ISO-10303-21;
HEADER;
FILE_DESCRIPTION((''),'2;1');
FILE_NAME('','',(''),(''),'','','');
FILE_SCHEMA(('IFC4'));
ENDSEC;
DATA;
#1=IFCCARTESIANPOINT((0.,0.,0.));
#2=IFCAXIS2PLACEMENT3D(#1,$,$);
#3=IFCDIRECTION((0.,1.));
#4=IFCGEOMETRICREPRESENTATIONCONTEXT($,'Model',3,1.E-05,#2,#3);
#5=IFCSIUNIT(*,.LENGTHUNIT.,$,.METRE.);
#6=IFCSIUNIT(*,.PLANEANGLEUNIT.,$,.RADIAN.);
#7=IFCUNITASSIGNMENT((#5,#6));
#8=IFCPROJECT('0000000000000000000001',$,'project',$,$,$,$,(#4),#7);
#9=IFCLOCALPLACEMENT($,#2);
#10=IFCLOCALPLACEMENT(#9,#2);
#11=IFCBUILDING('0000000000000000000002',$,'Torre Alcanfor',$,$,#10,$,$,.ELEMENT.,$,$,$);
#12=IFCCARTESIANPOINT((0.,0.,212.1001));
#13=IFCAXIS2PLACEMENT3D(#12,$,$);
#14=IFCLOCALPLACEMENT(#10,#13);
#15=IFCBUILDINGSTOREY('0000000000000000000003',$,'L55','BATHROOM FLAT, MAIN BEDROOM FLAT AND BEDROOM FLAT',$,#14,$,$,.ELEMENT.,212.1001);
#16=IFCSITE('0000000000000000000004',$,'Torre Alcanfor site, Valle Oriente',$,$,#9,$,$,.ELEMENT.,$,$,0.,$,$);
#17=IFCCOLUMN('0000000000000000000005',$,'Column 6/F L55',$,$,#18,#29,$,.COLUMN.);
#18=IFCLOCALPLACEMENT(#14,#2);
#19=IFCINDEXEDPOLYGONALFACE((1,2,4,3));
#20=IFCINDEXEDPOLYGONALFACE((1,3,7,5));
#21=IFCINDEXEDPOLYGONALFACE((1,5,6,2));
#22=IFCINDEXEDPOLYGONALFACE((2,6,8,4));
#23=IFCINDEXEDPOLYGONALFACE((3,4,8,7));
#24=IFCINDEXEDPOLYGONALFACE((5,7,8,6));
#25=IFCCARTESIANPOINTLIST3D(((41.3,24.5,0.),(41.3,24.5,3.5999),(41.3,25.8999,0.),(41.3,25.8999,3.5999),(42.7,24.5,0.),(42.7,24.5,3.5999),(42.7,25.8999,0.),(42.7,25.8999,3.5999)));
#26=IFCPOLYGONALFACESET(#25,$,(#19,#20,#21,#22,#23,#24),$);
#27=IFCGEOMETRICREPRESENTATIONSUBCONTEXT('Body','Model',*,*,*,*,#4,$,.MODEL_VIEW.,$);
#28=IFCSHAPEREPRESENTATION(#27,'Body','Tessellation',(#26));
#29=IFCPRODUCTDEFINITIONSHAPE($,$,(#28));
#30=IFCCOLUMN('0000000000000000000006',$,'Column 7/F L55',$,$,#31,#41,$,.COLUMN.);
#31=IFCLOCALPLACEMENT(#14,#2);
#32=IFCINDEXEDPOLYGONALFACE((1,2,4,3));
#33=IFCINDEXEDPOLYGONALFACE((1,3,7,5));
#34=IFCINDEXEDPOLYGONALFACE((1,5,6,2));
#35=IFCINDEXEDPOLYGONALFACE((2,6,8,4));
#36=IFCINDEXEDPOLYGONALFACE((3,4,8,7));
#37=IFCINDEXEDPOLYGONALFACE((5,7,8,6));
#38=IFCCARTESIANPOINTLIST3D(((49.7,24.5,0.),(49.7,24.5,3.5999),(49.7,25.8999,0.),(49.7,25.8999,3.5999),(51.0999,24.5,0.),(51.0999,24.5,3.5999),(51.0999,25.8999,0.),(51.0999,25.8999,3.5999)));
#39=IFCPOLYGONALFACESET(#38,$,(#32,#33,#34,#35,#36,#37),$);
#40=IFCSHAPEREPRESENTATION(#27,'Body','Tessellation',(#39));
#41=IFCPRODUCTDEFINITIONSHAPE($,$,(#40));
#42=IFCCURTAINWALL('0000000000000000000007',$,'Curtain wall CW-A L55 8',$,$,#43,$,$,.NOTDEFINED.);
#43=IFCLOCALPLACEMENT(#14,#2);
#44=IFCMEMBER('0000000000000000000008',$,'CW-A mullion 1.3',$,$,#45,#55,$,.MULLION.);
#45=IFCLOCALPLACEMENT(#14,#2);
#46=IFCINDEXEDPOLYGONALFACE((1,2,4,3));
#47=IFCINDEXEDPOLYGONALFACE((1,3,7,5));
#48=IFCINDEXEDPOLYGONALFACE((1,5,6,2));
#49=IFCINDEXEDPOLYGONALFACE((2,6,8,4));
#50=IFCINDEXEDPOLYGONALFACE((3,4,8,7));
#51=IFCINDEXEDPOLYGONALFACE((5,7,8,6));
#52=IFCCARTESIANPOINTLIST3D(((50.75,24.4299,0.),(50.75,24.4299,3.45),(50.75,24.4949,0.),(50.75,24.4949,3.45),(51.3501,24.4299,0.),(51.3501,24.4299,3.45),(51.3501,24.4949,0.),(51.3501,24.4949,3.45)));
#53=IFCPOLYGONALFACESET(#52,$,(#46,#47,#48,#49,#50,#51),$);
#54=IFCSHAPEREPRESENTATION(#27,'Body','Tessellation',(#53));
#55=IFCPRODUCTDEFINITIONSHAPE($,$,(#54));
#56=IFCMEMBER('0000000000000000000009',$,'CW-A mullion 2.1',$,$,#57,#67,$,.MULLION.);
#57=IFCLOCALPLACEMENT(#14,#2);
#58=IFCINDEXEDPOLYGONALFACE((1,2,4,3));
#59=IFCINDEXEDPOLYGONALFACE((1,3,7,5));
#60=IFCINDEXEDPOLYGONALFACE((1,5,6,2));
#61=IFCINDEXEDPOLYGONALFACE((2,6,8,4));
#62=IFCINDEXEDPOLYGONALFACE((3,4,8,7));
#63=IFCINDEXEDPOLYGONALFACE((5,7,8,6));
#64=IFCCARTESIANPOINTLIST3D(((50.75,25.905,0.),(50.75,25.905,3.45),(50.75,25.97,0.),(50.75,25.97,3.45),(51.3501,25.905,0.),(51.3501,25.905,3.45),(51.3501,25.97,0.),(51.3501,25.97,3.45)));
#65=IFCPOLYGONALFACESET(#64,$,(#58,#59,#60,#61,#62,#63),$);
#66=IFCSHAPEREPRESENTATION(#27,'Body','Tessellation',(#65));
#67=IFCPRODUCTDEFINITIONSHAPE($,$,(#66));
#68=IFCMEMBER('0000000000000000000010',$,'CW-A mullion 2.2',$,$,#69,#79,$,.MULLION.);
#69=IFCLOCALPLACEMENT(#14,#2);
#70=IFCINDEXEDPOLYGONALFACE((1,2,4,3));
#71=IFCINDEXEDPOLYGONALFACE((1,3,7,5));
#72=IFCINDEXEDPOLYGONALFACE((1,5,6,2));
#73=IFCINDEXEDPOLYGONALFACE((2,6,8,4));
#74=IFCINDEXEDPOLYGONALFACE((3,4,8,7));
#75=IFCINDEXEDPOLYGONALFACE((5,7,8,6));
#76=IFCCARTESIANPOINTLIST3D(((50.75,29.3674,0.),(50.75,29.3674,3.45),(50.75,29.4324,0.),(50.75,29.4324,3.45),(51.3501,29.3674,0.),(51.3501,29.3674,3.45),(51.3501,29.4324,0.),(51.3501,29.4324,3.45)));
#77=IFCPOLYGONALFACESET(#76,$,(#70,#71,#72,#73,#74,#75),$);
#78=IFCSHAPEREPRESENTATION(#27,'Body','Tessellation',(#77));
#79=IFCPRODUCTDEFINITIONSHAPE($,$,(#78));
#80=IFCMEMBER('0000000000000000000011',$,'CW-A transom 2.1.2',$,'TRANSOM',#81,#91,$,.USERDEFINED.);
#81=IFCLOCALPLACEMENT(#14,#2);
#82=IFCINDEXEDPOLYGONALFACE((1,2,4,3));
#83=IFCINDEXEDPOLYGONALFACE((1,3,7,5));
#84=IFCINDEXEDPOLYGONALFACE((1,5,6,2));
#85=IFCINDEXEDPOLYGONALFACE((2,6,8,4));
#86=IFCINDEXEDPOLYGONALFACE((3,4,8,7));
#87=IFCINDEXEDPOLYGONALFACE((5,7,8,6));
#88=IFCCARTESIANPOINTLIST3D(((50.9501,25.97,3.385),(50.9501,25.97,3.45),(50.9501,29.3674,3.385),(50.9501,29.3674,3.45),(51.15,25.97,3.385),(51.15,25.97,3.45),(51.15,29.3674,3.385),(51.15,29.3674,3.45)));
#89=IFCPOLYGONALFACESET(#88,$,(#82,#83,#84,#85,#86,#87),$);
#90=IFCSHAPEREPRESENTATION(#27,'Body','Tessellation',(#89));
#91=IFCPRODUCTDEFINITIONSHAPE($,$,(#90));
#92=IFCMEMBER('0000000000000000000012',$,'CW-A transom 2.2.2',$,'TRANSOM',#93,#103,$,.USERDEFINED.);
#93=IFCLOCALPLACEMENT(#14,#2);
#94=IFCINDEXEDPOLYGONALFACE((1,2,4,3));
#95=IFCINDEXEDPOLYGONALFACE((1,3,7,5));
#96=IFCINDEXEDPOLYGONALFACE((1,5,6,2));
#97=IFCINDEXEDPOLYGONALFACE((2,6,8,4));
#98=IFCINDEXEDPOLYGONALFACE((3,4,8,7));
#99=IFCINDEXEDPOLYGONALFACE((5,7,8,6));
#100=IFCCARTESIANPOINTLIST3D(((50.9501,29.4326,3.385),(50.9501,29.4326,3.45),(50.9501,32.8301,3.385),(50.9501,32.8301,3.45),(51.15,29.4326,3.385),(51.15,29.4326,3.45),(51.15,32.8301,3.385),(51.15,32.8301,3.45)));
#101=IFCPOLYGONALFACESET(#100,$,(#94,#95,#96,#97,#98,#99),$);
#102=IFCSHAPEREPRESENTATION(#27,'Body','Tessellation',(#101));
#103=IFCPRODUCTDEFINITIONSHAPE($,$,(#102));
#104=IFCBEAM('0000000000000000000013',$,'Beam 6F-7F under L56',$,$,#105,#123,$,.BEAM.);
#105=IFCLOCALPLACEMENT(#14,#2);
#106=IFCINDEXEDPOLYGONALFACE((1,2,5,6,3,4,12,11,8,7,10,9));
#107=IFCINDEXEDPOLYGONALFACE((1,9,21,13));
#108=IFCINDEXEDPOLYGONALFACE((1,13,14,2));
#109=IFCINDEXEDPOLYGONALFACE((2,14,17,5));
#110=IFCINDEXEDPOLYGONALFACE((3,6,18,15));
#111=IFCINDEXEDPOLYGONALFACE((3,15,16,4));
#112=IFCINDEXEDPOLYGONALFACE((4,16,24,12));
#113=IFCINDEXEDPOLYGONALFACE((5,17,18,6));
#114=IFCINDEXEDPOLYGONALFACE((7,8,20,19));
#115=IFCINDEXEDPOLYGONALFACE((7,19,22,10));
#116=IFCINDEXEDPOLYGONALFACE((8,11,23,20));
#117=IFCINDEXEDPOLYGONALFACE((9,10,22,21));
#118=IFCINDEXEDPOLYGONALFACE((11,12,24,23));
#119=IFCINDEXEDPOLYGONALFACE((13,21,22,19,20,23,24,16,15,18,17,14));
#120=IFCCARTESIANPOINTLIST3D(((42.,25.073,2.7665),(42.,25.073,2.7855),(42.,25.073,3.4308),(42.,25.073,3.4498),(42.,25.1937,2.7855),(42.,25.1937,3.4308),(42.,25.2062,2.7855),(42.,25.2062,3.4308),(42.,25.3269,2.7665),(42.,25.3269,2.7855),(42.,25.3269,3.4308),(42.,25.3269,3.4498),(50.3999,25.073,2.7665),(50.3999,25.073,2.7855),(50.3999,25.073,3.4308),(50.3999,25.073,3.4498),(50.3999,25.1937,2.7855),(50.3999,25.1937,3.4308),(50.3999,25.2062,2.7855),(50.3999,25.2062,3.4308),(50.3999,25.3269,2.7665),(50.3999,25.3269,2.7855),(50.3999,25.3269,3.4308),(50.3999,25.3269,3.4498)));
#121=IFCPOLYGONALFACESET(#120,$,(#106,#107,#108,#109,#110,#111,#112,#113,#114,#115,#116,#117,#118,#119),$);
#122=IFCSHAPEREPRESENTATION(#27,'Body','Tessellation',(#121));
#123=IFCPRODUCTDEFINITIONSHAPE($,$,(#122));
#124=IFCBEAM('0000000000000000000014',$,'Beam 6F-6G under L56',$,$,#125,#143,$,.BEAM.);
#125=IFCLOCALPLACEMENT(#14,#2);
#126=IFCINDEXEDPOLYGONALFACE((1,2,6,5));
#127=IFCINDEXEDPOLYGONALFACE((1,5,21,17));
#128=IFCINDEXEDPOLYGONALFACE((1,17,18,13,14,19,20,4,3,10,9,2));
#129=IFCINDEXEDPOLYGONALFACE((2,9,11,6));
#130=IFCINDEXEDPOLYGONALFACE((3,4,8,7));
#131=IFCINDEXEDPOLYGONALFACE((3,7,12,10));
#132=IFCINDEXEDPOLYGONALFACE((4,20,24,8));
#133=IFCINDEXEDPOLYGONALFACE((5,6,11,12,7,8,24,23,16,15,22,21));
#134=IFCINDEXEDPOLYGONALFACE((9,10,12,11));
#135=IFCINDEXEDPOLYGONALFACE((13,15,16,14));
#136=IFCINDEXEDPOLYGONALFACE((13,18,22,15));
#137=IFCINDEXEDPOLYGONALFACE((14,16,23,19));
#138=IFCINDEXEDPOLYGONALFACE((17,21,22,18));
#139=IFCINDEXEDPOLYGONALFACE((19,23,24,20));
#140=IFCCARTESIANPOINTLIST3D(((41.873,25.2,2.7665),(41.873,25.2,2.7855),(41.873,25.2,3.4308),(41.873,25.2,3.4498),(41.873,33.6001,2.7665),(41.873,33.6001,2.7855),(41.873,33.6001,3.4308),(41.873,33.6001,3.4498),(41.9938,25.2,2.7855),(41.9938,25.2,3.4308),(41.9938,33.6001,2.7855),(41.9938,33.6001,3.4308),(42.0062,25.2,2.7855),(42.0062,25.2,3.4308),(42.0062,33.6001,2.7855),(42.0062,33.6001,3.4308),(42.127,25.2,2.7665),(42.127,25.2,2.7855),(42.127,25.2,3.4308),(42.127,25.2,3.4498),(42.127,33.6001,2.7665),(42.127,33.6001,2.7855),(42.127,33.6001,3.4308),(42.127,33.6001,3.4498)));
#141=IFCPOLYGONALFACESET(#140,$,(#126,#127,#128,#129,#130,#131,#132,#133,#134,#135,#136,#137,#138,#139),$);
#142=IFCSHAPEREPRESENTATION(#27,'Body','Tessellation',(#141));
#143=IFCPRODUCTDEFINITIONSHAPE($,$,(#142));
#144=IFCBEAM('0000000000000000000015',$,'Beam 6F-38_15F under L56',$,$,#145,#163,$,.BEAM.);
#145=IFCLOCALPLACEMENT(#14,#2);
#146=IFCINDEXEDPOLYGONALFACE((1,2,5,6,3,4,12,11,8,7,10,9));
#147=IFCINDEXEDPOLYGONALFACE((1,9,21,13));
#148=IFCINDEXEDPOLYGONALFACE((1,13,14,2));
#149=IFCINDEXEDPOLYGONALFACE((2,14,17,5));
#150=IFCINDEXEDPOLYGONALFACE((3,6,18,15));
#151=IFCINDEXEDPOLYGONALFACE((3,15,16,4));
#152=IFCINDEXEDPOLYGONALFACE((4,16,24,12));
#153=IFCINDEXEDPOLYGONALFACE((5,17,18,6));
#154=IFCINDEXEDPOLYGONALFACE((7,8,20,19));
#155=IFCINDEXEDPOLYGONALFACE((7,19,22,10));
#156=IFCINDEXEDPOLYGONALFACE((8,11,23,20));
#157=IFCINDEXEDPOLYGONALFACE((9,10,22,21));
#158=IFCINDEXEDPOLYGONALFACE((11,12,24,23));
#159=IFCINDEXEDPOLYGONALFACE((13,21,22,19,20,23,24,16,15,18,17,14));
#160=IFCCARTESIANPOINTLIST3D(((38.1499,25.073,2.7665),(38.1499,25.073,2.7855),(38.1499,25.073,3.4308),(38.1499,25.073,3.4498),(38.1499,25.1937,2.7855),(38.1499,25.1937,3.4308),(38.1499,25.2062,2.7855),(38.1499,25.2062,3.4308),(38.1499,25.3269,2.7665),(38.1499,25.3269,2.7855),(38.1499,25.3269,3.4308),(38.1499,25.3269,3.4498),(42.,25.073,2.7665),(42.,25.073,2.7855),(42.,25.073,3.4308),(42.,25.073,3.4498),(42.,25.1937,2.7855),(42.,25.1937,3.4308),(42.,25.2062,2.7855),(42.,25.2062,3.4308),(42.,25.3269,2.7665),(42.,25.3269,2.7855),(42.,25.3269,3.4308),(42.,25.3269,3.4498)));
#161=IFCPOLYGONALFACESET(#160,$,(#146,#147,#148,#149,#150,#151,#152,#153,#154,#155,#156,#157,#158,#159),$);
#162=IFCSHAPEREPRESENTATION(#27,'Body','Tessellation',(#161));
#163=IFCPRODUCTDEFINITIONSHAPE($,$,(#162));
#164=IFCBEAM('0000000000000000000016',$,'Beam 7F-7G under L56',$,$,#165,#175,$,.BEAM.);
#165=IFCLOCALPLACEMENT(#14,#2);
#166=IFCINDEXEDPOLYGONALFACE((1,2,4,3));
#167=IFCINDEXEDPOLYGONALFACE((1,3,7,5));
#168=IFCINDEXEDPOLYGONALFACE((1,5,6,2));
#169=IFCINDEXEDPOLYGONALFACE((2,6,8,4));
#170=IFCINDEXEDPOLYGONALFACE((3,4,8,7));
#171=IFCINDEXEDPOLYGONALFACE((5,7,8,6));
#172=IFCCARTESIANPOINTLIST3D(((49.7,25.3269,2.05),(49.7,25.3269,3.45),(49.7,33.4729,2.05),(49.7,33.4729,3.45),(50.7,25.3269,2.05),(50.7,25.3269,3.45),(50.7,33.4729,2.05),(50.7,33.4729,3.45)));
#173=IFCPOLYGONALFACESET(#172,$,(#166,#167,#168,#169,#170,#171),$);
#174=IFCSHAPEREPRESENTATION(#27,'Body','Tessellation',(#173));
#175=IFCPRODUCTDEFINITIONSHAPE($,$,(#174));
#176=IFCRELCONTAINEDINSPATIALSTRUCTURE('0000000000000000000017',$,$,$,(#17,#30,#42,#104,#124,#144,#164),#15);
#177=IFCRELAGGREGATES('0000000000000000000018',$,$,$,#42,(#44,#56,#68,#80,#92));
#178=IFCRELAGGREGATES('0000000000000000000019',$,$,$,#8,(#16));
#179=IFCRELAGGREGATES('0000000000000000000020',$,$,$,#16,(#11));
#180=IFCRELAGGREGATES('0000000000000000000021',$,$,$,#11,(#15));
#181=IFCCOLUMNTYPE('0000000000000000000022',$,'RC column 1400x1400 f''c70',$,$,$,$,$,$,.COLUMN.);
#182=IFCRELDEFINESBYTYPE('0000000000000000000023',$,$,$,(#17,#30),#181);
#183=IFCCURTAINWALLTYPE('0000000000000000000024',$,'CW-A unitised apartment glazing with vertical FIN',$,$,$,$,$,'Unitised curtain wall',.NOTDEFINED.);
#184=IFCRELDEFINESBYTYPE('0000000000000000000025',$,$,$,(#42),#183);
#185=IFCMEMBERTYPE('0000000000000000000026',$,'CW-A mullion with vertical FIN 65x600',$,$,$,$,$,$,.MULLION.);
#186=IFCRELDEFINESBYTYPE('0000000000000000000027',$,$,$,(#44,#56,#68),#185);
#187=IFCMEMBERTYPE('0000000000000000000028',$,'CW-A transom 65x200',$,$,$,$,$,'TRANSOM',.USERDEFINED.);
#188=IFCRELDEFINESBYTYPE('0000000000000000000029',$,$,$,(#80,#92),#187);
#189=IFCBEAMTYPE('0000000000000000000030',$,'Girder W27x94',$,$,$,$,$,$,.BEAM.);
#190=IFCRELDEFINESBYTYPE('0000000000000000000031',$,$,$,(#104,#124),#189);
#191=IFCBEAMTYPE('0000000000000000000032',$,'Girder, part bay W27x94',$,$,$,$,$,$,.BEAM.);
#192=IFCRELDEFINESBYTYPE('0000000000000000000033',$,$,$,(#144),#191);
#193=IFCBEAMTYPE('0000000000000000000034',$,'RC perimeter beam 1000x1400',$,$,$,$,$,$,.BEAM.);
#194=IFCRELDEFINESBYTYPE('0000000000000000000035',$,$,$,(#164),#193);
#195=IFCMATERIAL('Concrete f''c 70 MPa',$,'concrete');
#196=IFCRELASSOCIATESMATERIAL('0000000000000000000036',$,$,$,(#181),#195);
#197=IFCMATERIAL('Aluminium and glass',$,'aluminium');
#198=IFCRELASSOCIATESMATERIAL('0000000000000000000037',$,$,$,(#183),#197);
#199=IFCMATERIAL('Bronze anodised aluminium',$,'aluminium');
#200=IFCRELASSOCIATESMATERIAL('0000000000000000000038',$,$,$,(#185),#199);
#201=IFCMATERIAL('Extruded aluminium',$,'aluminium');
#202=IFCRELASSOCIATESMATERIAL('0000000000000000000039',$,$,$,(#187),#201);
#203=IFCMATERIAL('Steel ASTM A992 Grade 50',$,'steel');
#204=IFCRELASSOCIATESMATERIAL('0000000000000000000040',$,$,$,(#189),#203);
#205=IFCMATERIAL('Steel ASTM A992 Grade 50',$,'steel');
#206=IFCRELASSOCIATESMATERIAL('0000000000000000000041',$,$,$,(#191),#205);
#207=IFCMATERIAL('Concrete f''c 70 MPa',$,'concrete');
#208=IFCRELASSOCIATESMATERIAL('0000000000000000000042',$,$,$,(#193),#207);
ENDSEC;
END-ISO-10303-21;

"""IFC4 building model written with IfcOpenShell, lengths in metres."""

from ifc_helpers import new_model, si_unit, direction, frame, origin, origin_2d, place, context, subcontext, project, spatial, rectangle, i_section, extrude, material, material_profile, profile_set, type_object, element, aggregate, save


model = new_model("IFC4")

# Units and contexts
model_context = context("Model", 3, precision=1e-05, world=origin(), true_north=direction((0.0, 1.0)))
body_context = subcontext(model_context, "Body", "Model", "MODEL_VIEW")
ifc_project = project(units=[si_unit("LENGTHUNIT", "METRE"), si_unit("PLANEANGLEUNIT", "RADIAN")], contexts=[model_context])

# Site, building, storey
site_placement = place(None, origin())
site = spatial("IfcSite", under=ifc_project, at=site_placement, Name="Torre Alcanfor site, Valle Oriente", CompositionType="ELEMENT", RefElevation=0.0)
building_placement = place(site_placement, origin())
building = spatial("IfcBuilding", under=site, at=building_placement, Name="Torre Alcanfor", CompositionType="ELEMENT")
storey_placement = place(building_placement, frame((0.0, 0.0, 212.1001)))
storey = spatial("IfcBuildingStorey", under=building, at=storey_placement, Name="L55", Description="BATHROOM FLAT, MAIN BEDROOM FLAT AND BEDROOM FLAT", CompositionType="ELEMENT", Elevation=212.1001)

# Columns
ifc_material_1 = material(Name="Concrete f'c 70 MPa", Category="concrete")
ifc_material_profile_1 = material_profile(ifc_material_1, rectangle(XDim=1.3999, YDim=1.3999, at=origin_2d()), Name="1400x1400")
ifc_profile_set_1 = profile_set([ifc_material_profile_1], Name="Concrete f'c 70 MPa")
column_type = type_object("IfcColumnType", Name="RC column 1400x1400 f'c70", PredefinedType="COLUMN", material=ifc_profile_set_1)
for number, where, z_axis, x_axis, name in (
    (1, (42.0, 25.2, 0.0), (0.0, 0.0, 1.0), (1.0, 0.0, 0.0), "Column 6/F L55"),
    (2, (50.3999, 25.2, 0.0), (0.0, 0.0, 1.0), (1.0, 0.0, 0.0), "Column 7/F L55"),
):
    element("IfcColumn", number, at=place(storey_placement, frame(where, z_axis=z_axis, x_axis=x_axis)), inside=storey, type_object=column_type, Name=name, PredefinedType="COLUMN", context=body_context, shape_type="SweptSolid", body=[
        extrude(rectangle(XDim=1.3999, YDim=1.3999, at=origin_2d()), origin(), (0.0, 0.0, 1.0), 3.5999),
    ])

# Curtain wall, members
ifc_material_2 = material(Name="Aluminium and glass", Category="aluminium")
curtain_wall_type = type_object("IfcCurtainWallType", Name="CW-A unitised apartment glazing with vertical FIN", ElementType="Unitised curtain wall", PredefinedType="NOTDEFINED", material=ifc_material_2)
curtain_wall_placement = place(storey_placement, origin())
curtain_wall = element("IfcCurtainWall", 3, at=curtain_wall_placement, inside=storey, type_object=curtain_wall_type, Name="Curtain wall CW-A L55 8", PredefinedType="NOTDEFINED")
ifc_material_3 = material(Name="Bronze anodised aluminium", Category="aluminium")
ifc_material_profile_2 = material_profile(ifc_material_3, rectangle(XDim=0.6001, YDim=0.0649, at=origin_2d()), Name="CW-A mullion 65x600")
ifc_profile_set_2 = profile_set([ifc_material_profile_2], Name="Bronze anodised aluminium")
member_type_1 = type_object("IfcMemberType", Name="CW-A mullion with vertical FIN 65x600", PredefinedType="MULLION", material=ifc_profile_set_2)
member_1_placement = place(storey_placement, frame((51.05, 24.4624, 0.0), z_axis=(0.0, 0.0, 1.0), x_axis=(-1.0, 0.0, 0.0)))
member_1 = element("IfcMember", 4, at=member_1_placement, type_object=member_type_1, Name="CW-A mullion 1.3", PredefinedType="MULLION", context=body_context, shape_type="SweptSolid", body=[
    extrude(rectangle(XDim=0.6001, YDim=0.0649, at=origin_2d()), origin(), (0.0, 0.0, 1.0), 3.45),
])
member_2_placement = place(storey_placement, frame((51.05, 25.9375, 0.0), z_axis=(0.0, 0.0, 1.0), x_axis=(-1.0, 0.0, 0.0)))
member_2 = element("IfcMember", 5, at=member_2_placement, type_object=member_type_1, Name="CW-A mullion 2.1", PredefinedType="MULLION", context=body_context, shape_type="SweptSolid", body=[
    extrude(rectangle(XDim=0.6001, YDim=0.0649, at=origin_2d()), origin(), (0.0, 0.0, 1.0), 3.45),
])
member_3_placement = place(storey_placement, frame((51.05, 29.3999, 0.0), z_axis=(0.0, 0.0, 1.0), x_axis=(-1.0, 0.0, 0.0)))
member_3 = element("IfcMember", 6, at=member_3_placement, type_object=member_type_1, Name="CW-A mullion 2.2", PredefinedType="MULLION", context=body_context, shape_type="SweptSolid", body=[
    extrude(rectangle(XDim=0.6001, YDim=0.0649, at=origin_2d()), origin(), (0.0, 0.0, 1.0), 3.45),
])
ifc_material_4 = material(Name="Extruded aluminium", Category="aluminium")
ifc_material_profile_3 = material_profile(ifc_material_4, rectangle(XDim=0.2, YDim=0.0649, at=origin_2d()), Name="CW-A transom 200x65")
ifc_profile_set_3 = profile_set([ifc_material_profile_3], Name="Extruded aluminium")
member_type_2 = type_object("IfcMemberType", Name="CW-A transom 65x200", ElementType="TRANSOM", PredefinedType="USERDEFINED", material=ifc_profile_set_3)
member_4_placement = place(storey_placement, frame((51.05, 25.97, 3.4175), z_axis=(0.0, 1.0, 0.0), x_axis=(-1.0, 0.0, 0.0)))
member_4 = element("IfcMember", 7, at=member_4_placement, type_object=member_type_2, Name="CW-A transom 2.1.2", ObjectType="TRANSOM", PredefinedType="USERDEFINED", context=body_context, shape_type="SweptSolid", body=[
    extrude(rectangle(XDim=0.2, YDim=0.0649, at=origin_2d()), origin(), (0.0, 0.0, 1.0), 3.3975),
])
member_5_placement = place(storey_placement, frame((51.05, 29.4326, 3.4175), z_axis=(0.0, 1.0, 0.0), x_axis=(-1.0, 0.0, 0.0)))
member_5 = element("IfcMember", 8, at=member_5_placement, type_object=member_type_2, Name="CW-A transom 2.2.2", ObjectType="TRANSOM", PredefinedType="USERDEFINED", context=body_context, shape_type="SweptSolid", body=[
    extrude(rectangle(XDim=0.2, YDim=0.0649, at=origin_2d()), origin(), (0.0, 0.0, 1.0), 3.3975),
])

# Beams
ifc_material_5 = material(Name="Steel ASTM A992 Grade 50", Category="steel")
ifc_material_profile_4 = material_profile(ifc_material_5, i_section(OverallWidth=0.2539, OverallDepth=0.6833, WebThickness=0.0125, FlangeThickness=0.019, at=origin_2d()), Name="W27x94")
ifc_profile_set_4 = profile_set([ifc_material_profile_4], Name="Steel ASTM A992 Grade 50")
beam_type_1 = type_object("IfcBeamType", Name="Girder W27x94", PredefinedType="BEAM", material=ifc_profile_set_4)
beam_1_placement = place(storey_placement, frame((42.0, 25.2, 3.1082), z_axis=(1.0, 0.0, 0.0), x_axis=(0.0, 1.0, 0.0)))
element("IfcBeam", 9, at=beam_1_placement, inside=storey, type_object=beam_type_1, Name="Beam 6F-7F under L56", PredefinedType="BEAM", context=body_context, shape_type="SweptSolid", body=[
    extrude(i_section(OverallWidth=0.2539, OverallDepth=0.6833, WebThickness=0.0125, FlangeThickness=0.019, at=origin_2d()), origin(), (0.0, 0.0, 1.0), 8.3999),
])
beam_2_placement = place(storey_placement, frame((42.0, 25.2, 3.1082), z_axis=(0.0, 1.0, 0.0), x_axis=(-1.0, 0.0, 0.0)))
element("IfcBeam", 10, at=beam_2_placement, inside=storey, type_object=beam_type_1, Name="Beam 6F-6G under L56", PredefinedType="BEAM", context=body_context, shape_type="SweptSolid", body=[
    extrude(i_section(OverallWidth=0.2539, OverallDepth=0.6833, WebThickness=0.0125, FlangeThickness=0.019, at=origin_2d()), origin(), (0.0, 0.0, 1.0), 8.4001),
])
ifc_material_6 = material(Name="Steel ASTM A992 Grade 50", Category="steel")
ifc_material_profile_5 = material_profile(ifc_material_6, i_section(OverallWidth=0.2539, OverallDepth=0.6833, WebThickness=0.0125, FlangeThickness=0.019, at=origin_2d()), Name="W27x94")
ifc_profile_set_5 = profile_set([ifc_material_profile_5], Name="Steel ASTM A992 Grade 50")
beam_type_2 = type_object("IfcBeamType", Name="Girder, part bay W27x94", PredefinedType="BEAM", material=ifc_profile_set_5)
beam_3_placement = place(storey_placement, frame((42.0, 25.2, 3.1082), z_axis=(-1.0, 0.0, 0.0), x_axis=(0.0, -1.0, 0.0)))
element("IfcBeam", 11, at=beam_3_placement, inside=storey, type_object=beam_type_2, Name="Beam 6F-38_15F under L56", PredefinedType="BEAM", context=body_context, shape_type="SweptSolid", body=[
    extrude(i_section(OverallWidth=0.2539, OverallDepth=0.6833, WebThickness=0.0125, FlangeThickness=0.019, at=origin_2d()), origin(), (0.0, 0.0, 1.0), 3.8501),
])
ifc_material_7 = material(Name="Concrete f'c 70 MPa", Category="concrete")
ifc_material_profile_6 = material_profile(ifc_material_7, rectangle(XDim=1.0, YDim=1.3999, at=origin_2d()), Name="1000x1400")
ifc_profile_set_6 = profile_set([ifc_material_profile_6], Name="Concrete f'c 70 MPa")
beam_type_3 = type_object("IfcBeamType", Name="RC perimeter beam 1000x1400", PredefinedType="BEAM", material=ifc_profile_set_6)
beam_4_placement = place(storey_placement, frame((50.2, 25.3269, 2.75), z_axis=(0.0, 1.0, 0.0), x_axis=(-1.0, 0.0, 0.0)))
element("IfcBeam", 12, at=beam_4_placement, inside=storey, type_object=beam_type_3, Name="Beam 7F-7G under L56", PredefinedType="BEAM", context=body_context, shape_type="SweptSolid", body=[
    extrude(rectangle(XDim=1.0, YDim=1.3999, at=origin_2d()), origin(), (0.0, 0.0, 1.0), 8.146),
])

aggregate(curtain_wall, [member_1, member_2, member_3, member_4, member_5])

save(model, "model.ifc")
